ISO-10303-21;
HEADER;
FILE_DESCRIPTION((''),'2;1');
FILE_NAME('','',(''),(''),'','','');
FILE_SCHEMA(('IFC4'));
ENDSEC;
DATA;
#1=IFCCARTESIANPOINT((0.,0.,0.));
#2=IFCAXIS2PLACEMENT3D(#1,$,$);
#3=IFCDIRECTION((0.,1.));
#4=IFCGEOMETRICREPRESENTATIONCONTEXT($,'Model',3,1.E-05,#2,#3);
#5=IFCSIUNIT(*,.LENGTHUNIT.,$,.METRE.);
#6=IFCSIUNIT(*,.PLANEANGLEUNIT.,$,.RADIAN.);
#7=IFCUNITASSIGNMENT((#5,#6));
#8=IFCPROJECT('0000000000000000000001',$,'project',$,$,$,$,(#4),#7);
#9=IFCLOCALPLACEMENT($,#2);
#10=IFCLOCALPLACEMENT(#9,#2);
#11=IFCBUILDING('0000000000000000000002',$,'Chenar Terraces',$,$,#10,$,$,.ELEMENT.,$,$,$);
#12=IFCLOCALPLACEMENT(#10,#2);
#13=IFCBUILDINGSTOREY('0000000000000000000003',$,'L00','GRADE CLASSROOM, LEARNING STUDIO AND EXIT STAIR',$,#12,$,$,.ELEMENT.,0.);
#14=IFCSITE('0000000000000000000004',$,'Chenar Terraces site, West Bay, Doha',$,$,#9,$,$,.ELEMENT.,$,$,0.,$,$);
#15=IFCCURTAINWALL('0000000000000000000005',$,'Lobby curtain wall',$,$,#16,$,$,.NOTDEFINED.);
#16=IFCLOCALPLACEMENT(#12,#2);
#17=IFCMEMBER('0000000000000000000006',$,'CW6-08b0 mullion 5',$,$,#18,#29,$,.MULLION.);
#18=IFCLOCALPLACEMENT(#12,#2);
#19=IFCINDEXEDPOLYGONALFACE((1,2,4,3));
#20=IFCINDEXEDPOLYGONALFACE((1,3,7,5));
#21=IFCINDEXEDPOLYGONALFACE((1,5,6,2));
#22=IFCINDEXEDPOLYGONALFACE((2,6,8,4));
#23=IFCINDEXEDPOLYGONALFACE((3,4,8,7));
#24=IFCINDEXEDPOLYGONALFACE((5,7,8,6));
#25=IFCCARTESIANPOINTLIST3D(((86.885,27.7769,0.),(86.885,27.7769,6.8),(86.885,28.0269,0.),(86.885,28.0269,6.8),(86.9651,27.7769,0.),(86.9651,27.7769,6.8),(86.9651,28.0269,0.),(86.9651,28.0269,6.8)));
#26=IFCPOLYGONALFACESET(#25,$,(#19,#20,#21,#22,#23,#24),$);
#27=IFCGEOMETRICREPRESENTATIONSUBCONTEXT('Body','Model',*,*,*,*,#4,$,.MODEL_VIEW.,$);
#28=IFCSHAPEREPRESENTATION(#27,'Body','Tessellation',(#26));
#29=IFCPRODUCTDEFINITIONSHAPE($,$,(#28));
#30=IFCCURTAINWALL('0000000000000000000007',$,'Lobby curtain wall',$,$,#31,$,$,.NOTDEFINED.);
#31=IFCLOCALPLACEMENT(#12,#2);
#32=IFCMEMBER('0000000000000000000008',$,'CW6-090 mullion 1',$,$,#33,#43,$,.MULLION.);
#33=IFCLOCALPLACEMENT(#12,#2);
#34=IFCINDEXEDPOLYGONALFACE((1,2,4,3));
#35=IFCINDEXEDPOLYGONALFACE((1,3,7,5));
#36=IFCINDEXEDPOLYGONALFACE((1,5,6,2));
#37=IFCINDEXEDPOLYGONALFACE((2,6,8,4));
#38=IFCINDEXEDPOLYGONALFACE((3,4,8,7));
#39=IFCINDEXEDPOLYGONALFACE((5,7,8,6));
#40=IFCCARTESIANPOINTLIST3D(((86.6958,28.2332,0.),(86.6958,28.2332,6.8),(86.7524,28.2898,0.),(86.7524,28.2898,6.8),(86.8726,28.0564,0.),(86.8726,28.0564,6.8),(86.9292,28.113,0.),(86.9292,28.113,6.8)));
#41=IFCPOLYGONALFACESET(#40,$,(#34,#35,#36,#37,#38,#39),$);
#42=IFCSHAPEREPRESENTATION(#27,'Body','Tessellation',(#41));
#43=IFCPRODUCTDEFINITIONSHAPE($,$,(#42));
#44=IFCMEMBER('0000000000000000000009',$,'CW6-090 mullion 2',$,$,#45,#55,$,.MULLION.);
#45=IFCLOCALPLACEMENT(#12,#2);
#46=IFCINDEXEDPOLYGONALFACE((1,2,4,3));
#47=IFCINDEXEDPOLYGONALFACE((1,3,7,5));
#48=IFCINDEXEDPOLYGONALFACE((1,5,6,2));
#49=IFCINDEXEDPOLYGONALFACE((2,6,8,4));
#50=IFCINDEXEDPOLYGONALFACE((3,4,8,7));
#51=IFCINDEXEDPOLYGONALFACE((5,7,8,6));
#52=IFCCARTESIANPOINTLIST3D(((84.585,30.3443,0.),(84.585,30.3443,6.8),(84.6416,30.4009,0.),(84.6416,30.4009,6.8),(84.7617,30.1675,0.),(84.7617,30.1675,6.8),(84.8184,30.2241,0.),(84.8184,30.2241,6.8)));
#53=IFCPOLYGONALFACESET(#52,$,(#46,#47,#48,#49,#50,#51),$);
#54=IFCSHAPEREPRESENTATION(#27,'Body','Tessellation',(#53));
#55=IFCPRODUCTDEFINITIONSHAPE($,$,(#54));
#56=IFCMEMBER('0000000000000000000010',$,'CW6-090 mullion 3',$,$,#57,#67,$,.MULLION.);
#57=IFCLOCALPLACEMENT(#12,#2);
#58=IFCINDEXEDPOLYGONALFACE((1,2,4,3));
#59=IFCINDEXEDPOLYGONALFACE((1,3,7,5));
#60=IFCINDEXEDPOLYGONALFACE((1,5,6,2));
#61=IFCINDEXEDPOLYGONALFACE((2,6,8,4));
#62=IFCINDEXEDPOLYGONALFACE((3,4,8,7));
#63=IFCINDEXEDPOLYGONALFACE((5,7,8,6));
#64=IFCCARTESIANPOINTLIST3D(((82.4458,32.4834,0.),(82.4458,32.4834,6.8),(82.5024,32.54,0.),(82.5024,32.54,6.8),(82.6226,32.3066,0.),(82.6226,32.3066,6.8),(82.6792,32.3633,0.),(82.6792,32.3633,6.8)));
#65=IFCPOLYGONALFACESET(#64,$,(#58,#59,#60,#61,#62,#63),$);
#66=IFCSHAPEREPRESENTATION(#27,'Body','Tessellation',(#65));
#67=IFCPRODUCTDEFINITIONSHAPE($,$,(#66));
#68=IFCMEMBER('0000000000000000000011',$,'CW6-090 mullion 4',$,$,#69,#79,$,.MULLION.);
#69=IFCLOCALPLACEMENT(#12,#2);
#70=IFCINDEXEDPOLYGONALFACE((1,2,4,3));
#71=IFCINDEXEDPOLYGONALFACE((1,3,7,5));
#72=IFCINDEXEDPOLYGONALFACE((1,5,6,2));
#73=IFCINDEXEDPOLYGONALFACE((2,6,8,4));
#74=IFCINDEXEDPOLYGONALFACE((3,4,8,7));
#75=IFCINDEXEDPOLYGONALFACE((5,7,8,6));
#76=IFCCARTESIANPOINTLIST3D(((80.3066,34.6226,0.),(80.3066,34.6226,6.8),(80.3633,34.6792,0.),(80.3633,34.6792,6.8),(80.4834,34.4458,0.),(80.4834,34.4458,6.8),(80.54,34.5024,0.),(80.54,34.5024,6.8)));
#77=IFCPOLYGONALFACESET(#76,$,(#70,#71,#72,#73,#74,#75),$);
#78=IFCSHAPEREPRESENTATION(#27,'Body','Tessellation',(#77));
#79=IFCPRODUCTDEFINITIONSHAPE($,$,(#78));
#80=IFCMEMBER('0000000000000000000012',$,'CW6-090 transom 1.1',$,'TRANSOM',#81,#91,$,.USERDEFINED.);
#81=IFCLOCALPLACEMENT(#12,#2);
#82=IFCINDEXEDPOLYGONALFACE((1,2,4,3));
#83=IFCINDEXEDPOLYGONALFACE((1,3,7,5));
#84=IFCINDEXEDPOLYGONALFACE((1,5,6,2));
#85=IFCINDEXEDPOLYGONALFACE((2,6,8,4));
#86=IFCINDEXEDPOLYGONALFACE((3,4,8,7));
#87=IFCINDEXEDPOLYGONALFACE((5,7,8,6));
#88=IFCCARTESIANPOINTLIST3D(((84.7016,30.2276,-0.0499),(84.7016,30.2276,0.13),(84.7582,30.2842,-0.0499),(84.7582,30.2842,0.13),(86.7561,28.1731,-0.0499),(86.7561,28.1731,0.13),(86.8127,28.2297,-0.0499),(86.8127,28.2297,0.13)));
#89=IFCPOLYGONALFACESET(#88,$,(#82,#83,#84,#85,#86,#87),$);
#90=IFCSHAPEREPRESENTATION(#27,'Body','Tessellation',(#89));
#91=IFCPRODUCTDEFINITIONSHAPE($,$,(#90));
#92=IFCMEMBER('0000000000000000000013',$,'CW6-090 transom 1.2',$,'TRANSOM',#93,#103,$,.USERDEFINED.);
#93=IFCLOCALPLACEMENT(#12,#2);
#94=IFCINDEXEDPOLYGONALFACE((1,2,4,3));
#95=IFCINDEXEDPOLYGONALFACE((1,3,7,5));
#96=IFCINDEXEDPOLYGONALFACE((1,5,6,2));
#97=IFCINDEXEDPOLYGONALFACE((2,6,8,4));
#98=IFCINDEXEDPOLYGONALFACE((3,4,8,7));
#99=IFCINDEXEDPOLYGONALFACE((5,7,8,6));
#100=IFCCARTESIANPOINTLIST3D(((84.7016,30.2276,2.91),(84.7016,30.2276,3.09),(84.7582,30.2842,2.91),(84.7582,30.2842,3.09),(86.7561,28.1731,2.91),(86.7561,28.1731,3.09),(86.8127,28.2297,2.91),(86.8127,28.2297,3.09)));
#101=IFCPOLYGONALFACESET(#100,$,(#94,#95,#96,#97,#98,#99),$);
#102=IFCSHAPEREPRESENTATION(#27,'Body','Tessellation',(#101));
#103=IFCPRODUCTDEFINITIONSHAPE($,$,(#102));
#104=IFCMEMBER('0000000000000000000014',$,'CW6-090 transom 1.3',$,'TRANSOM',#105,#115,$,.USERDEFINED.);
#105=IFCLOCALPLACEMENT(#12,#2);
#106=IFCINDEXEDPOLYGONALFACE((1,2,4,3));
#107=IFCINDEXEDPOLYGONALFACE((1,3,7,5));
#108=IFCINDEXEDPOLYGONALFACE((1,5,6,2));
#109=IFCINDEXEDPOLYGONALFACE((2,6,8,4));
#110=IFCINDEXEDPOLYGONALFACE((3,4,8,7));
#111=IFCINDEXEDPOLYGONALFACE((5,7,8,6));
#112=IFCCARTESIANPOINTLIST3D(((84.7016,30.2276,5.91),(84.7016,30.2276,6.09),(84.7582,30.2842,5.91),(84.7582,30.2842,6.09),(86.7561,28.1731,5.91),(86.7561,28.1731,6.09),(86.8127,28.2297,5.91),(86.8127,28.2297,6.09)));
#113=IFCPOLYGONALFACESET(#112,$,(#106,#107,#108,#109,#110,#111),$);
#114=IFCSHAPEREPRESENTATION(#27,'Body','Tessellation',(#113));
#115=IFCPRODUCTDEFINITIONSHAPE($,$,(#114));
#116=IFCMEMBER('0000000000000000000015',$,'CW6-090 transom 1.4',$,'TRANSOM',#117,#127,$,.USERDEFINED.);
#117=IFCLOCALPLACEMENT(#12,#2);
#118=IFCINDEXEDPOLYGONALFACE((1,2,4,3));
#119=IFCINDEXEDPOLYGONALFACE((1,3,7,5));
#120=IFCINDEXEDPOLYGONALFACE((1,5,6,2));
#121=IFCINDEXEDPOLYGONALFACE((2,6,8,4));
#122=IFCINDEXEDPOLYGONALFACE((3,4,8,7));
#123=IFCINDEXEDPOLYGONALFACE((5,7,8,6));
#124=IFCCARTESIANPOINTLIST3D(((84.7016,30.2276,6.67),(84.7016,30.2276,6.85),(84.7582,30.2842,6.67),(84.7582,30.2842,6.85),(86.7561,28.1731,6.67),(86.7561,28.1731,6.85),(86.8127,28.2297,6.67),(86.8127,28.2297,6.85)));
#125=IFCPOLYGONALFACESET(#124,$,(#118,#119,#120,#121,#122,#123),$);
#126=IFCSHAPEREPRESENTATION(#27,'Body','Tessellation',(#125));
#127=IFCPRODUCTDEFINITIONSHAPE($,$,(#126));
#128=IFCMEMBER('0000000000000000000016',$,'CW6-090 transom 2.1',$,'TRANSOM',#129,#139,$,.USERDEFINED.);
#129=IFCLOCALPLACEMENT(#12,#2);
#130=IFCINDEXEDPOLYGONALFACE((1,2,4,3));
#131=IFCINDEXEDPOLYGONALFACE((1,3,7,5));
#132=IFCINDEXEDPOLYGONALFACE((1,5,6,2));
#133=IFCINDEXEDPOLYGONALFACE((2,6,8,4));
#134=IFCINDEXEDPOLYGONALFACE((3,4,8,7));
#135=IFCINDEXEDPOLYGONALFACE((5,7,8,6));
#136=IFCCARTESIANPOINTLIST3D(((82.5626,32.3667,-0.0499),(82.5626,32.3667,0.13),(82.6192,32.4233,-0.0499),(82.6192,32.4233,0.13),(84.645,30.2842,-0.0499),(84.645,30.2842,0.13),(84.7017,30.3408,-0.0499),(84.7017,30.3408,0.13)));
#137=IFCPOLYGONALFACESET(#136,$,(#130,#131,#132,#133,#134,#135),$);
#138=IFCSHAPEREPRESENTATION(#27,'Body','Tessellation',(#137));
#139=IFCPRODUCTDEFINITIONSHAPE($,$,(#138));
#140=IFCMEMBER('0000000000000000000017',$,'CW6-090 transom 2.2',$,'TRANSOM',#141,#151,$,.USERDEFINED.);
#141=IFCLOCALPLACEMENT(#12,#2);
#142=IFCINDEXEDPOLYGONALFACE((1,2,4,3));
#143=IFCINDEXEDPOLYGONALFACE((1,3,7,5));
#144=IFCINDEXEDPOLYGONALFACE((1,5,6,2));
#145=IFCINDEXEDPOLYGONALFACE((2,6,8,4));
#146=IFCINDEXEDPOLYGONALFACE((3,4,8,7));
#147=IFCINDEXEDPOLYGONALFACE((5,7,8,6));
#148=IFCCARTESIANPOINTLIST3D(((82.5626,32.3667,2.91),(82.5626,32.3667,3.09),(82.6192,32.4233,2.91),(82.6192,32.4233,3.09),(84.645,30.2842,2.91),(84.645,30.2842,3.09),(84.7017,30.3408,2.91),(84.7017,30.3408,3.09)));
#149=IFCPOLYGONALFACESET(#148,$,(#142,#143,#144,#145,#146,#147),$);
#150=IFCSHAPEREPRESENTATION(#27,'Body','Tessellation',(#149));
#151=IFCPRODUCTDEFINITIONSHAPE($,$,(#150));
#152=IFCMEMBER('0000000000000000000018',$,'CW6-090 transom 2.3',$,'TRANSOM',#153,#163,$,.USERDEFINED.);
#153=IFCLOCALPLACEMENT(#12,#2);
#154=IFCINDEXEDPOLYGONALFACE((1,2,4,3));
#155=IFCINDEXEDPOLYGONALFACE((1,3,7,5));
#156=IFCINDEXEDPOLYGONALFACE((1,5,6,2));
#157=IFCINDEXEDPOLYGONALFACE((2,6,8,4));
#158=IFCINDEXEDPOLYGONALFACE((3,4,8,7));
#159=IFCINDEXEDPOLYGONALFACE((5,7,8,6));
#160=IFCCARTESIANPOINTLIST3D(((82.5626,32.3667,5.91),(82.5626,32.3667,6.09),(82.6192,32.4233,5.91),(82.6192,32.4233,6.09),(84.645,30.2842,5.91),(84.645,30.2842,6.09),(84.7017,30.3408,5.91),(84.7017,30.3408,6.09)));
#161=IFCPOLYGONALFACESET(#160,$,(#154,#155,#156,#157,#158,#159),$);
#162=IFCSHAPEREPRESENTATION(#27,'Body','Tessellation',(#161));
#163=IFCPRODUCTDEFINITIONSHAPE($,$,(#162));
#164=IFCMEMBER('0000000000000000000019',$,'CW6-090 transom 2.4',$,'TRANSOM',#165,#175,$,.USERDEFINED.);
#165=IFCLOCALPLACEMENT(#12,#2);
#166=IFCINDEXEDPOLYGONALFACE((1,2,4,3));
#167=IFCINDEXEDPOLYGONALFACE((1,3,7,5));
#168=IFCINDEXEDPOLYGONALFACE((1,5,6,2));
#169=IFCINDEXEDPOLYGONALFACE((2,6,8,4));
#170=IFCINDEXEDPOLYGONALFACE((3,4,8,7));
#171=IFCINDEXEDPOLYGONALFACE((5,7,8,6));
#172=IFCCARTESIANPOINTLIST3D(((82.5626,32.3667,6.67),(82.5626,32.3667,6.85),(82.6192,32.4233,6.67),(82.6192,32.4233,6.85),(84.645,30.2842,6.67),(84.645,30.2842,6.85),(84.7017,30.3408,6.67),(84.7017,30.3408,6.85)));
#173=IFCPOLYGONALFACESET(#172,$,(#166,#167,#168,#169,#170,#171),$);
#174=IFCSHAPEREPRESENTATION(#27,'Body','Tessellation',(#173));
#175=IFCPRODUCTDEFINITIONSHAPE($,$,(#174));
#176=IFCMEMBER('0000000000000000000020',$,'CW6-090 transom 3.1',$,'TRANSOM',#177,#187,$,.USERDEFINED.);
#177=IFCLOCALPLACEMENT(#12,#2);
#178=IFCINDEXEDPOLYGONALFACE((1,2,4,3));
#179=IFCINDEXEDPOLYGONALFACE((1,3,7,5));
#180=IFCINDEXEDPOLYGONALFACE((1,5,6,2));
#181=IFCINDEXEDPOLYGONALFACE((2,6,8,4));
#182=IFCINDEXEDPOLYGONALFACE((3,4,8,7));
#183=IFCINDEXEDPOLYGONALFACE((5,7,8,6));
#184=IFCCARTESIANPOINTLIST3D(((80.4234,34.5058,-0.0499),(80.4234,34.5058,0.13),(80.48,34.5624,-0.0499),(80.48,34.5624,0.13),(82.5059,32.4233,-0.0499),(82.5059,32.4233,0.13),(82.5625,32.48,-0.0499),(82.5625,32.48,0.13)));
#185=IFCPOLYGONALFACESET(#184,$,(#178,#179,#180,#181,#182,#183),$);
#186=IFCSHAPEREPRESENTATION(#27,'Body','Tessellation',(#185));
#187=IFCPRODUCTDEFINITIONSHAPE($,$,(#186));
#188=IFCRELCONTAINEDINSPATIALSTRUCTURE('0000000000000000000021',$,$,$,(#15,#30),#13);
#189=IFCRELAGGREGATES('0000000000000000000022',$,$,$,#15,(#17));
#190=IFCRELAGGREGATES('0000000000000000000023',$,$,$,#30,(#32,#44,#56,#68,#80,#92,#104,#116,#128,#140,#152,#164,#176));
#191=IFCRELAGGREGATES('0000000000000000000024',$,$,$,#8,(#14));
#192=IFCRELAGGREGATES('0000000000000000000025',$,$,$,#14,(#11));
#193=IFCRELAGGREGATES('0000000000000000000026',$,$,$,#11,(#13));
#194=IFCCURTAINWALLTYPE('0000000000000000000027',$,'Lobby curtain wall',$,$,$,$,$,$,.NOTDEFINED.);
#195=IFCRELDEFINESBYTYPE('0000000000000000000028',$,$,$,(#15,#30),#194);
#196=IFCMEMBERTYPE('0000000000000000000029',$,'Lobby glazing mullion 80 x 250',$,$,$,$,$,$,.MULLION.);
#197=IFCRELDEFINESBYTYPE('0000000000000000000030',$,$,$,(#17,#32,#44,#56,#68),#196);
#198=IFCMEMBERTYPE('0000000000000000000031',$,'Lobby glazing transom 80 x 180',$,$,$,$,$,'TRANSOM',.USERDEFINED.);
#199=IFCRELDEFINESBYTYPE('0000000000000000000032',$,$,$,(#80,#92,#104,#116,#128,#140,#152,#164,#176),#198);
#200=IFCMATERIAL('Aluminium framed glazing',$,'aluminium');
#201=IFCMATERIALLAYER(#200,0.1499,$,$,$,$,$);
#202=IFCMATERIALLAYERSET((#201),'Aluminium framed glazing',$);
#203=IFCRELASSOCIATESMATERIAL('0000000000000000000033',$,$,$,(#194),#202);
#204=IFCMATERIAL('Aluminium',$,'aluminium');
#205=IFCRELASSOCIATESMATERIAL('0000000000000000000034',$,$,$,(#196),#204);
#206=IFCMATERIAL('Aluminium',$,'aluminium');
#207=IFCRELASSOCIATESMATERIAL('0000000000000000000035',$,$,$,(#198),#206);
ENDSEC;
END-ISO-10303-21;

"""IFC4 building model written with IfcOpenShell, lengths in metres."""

from ifc_helpers import new_model, si_unit, direction, frame, origin, origin_2d, place, context, subcontext, project, spatial, rectangle, extrude, material, layer, layer_set, material_profile, profile_set, type_object, element, aggregate, save


model = new_model("IFC4")

# Units and contexts
model_context = context("Model", 3, precision=1e-05, world=origin(), true_north=direction((0.0, 1.0)))
body_context = subcontext(model_context, "Body", "Model", "MODEL_VIEW")
ifc_project = project(units=[si_unit("LENGTHUNIT", "METRE"), si_unit("PLANEANGLEUNIT", "RADIAN")], contexts=[model_context])

# Site, building, storey
site_placement = place(None, origin())
site = spatial("IfcSite", under=ifc_project, at=site_placement, Name="Chenar Terraces site, West Bay, Doha", CompositionType="ELEMENT", RefElevation=0.0)
building_placement = place(site_placement, origin())
building = spatial("IfcBuilding", under=site, at=building_placement, Name="Chenar Terraces", CompositionType="ELEMENT")
storey_placement = place(building_placement, origin())
storey = spatial("IfcBuildingStorey", under=building, at=storey_placement, Name="L00", Description="GRADE CLASSROOM, LEARNING STUDIO AND EXIT STAIR", CompositionType="ELEMENT", Elevation=0.0)

# Curtain wall, member
ifc_material_1 = material(Name="Aluminium framed glazing", Category="aluminium")
ifc_layer_1 = layer(ifc_material_1, 0.1499)
ifc_layer_set_1 = layer_set([ifc_layer_1], Name="Aluminium framed glazing")
curtain_wall_type = type_object("IfcCurtainWallType", Name="Lobby curtain wall", PredefinedType="NOTDEFINED", material=ifc_layer_set_1)
placement = place(storey_placement, origin())
curtain_wall_1 = element("IfcCurtainWall", 1, at=placement, inside=storey, type_object=curtain_wall_type, Name="Lobby curtain wall", PredefinedType="NOTDEFINED")
ifc_material_2 = material(Name="Aluminium", Category="aluminium")
ifc_material_profile_1 = material_profile(ifc_material_2, rectangle(XDim=0.0801, YDim=0.25, at=origin_2d()), Name="Lobby glazing mullion 80 x 250")
ifc_profile_set_1 = profile_set([ifc_material_profile_1], Name="Aluminium")
member_type_1 = type_object("IfcMemberType", Name="Lobby glazing mullion 80 x 250", PredefinedType="MULLION", material=ifc_profile_set_1)
member_1_placement = place(storey_placement, frame((86.925, 27.9019, 0.0), z_axis=(0.0, 0.0, 1.0), x_axis=(-1.0, 0.0, 0.0)))
member_1 = element("IfcMember", 2, at=member_1_placement, type_object=member_type_1, Name="CW6-08b0 mullion 5", PredefinedType="MULLION", context=body_context, shape_type="SweptSolid", body=[
    extrude(rectangle(XDim=0.0801, YDim=0.25, at=origin_2d()), origin(), (0.0, 0.0, 1.0), 6.8),
])

# Curtain wall, members
curtain_wall_2 = element("IfcCurtainWall", 3, at=placement, inside=storey, type_object=curtain_wall_type, Name="Lobby curtain wall", PredefinedType="NOTDEFINED")
member_2_placement = place(storey_placement, frame((86.8125, 28.1731, 0.0), z_axis=(0.0, 0.0, 1.0), x_axis=(-0.707107, -0.707107, 0.0)))
member_2 = element("IfcMember", 4, at=member_2_placement, type_object=member_type_1, Name="CW6-090 mullion 1", PredefinedType="MULLION", context=body_context, shape_type="SweptSolid", body=[
    extrude(rectangle(XDim=0.0801, YDim=0.25, at=origin_2d()), origin(), (0.0, 0.0, 1.0), 6.8),
])
member_3_placement = place(storey_placement, frame((84.7017, 30.2842, 0.0), z_axis=(0.0, 0.0, 1.0), x_axis=(-0.707107, -0.707107, 0.0)))
member_3 = element("IfcMember", 5, at=member_3_placement, type_object=member_type_1, Name="CW6-090 mullion 2", PredefinedType="MULLION", context=body_context, shape_type="SweptSolid", body=[
    extrude(rectangle(XDim=0.0801, YDim=0.25, at=origin_2d()), origin(), (0.0, 0.0, 1.0), 6.8),
])
member_4_placement = place(storey_placement, frame((82.5625, 32.4233, 0.0), z_axis=(0.0, 0.0, 1.0), x_axis=(-0.707107, -0.707107, 0.0)))
member_4 = element("IfcMember", 6, at=member_4_placement, type_object=member_type_1, Name="CW6-090 mullion 3", PredefinedType="MULLION", context=body_context, shape_type="SweptSolid", body=[
    extrude(rectangle(XDim=0.0801, YDim=0.25, at=origin_2d()), origin(), (0.0, 0.0, 1.0), 6.8),
])
member_5_placement = place(storey_placement, frame((80.4233, 34.5625, 0.0), z_axis=(0.0, 0.0, 1.0), x_axis=(-0.707107, -0.707107, 0.0)))
member_5 = element("IfcMember", 7, at=member_5_placement, type_object=member_type_1, Name="CW6-090 mullion 4", PredefinedType="MULLION", context=body_context, shape_type="SweptSolid", body=[
    extrude(rectangle(XDim=0.0801, YDim=0.25, at=origin_2d()), origin(), (0.0, 0.0, 1.0), 6.8),
])
ifc_material_3 = material(Name="Aluminium", Category="aluminium")
ifc_material_profile_2 = material_profile(ifc_material_3, rectangle(XDim=0.0801, YDim=0.1799, at=origin_2d()), Name="Lobby glazing transom 80 x 180")
ifc_profile_set_2 = profile_set([ifc_material_profile_2], Name="Aluminium")
member_type_2 = type_object("IfcMemberType", Name="Lobby glazing transom 80 x 180", ElementType="TRANSOM", PredefinedType="USERDEFINED", material=ifc_profile_set_2)
member_6_placement = place(storey_placement, frame((86.7844, 28.2014, 0.04), z_axis=(-0.707107, 0.707107, 0.0), x_axis=(-0.707107, -0.707107, 0.0)))
member_6 = element("IfcMember", 8, at=member_6_placement, type_object=member_type_2, Name="CW6-090 transom 1.1", ObjectType="TRANSOM", PredefinedType="USERDEFINED", context=body_context, shape_type="SweptSolid", body=[
    extrude(rectangle(XDim=0.0801, YDim=0.1799, at=origin_2d()), origin(), (0.0, 0.0, 1.0), 2.9055),
])
member_7_placement = place(storey_placement, frame((86.7844, 28.2014, 3.0), z_axis=(-0.707107, 0.707107, 0.0), x_axis=(-0.707107, -0.707107, 0.0)))
member_7 = element("IfcMember", 9, at=member_7_placement, type_object=member_type_2, Name="CW6-090 transom 1.2", ObjectType="TRANSOM", PredefinedType="USERDEFINED", context=body_context, shape_type="SweptSolid", body=[
    extrude(rectangle(XDim=0.0801, YDim=0.1799, at=origin_2d()), origin(), (0.0, 0.0, 1.0), 2.9055),
])
member_8_placement = place(storey_placement, frame((86.7844, 28.2014, 6.0), z_axis=(-0.707107, 0.707107, 0.0), x_axis=(-0.707107, -0.707107, 0.0)))
member_8 = element("IfcMember", 10, at=member_8_placement, type_object=member_type_2, Name="CW6-090 transom 1.3", ObjectType="TRANSOM", PredefinedType="USERDEFINED", context=body_context, shape_type="SweptSolid", body=[
    extrude(rectangle(XDim=0.0801, YDim=0.1799, at=origin_2d()), origin(), (0.0, 0.0, 1.0), 2.9055),
])
member_9_placement = place(storey_placement, frame((86.7844, 28.2014, 6.76), z_axis=(-0.707107, 0.707107, 0.0), x_axis=(-0.707107, -0.707107, 0.0)))
member_9 = element("IfcMember", 11, at=member_9_placement, type_object=member_type_2, Name="CW6-090 transom 1.4", ObjectType="TRANSOM", PredefinedType="USERDEFINED", context=body_context, shape_type="SweptSolid", body=[
    extrude(rectangle(XDim=0.0801, YDim=0.1799, at=origin_2d()), origin(), (0.0, 0.0, 1.0), 2.9055),
])
member_10_placement = place(storey_placement, frame((84.6733, 30.3125, 0.04), z_axis=(-0.707107, 0.707107, 0.0), x_axis=(-0.707107, -0.707107, 0.0)))
member_10 = element("IfcMember", 12, at=member_10_placement, type_object=member_type_2, Name="CW6-090 transom 2.1", ObjectType="TRANSOM", PredefinedType="USERDEFINED", context=body_context, shape_type="SweptSolid", body=[
    extrude(rectangle(XDim=0.0801, YDim=0.1799, at=origin_2d()), origin(), (0.0, 0.0, 1.0), 2.9451),
])
member_11_placement = place(storey_placement, frame((84.6733, 30.3125, 3.0), z_axis=(-0.707107, 0.707107, 0.0), x_axis=(-0.707107, -0.707107, 0.0)))
member_11 = element("IfcMember", 13, at=member_11_placement, type_object=member_type_2, Name="CW6-090 transom 2.2", ObjectType="TRANSOM", PredefinedType="USERDEFINED", context=body_context, shape_type="SweptSolid", body=[
    extrude(rectangle(XDim=0.0801, YDim=0.1799, at=origin_2d()), origin(), (0.0, 0.0, 1.0), 2.9451),
])
member_12_placement = place(storey_placement, frame((84.6733, 30.3125, 6.0), z_axis=(-0.707107, 0.707107, 0.0), x_axis=(-0.707107, -0.707107, 0.0)))
member_12 = element("IfcMember", 14, at=member_12_placement, type_object=member_type_2, Name="CW6-090 transom 2.3", ObjectType="TRANSOM", PredefinedType="USERDEFINED", context=body_context, shape_type="SweptSolid", body=[
    extrude(rectangle(XDim=0.0801, YDim=0.1799, at=origin_2d()), origin(), (0.0, 0.0, 1.0), 2.9451),
])
member_13_placement = place(storey_placement, frame((84.6733, 30.3125, 6.76), z_axis=(-0.707107, 0.707107, 0.0), x_axis=(-0.707107, -0.707107, 0.0)))
member_13 = element("IfcMember", 15, at=member_13_placement, type_object=member_type_2, Name="CW6-090 transom 2.4", ObjectType="TRANSOM", PredefinedType="USERDEFINED", context=body_context, shape_type="SweptSolid", body=[
    extrude(rectangle(XDim=0.0801, YDim=0.1799, at=origin_2d()), origin(), (0.0, 0.0, 1.0), 2.9451),
])
member_14_placement = place(storey_placement, frame((82.5342, 32.4517, 0.04), z_axis=(-0.707107, 0.707107, 0.0), x_axis=(-0.707107, -0.707107, 0.0)))
member_14 = element("IfcMember", 16, at=member_14_placement, type_object=member_type_2, Name="CW6-090 transom 3.1", ObjectType="TRANSOM", PredefinedType="USERDEFINED", context=body_context, shape_type="SweptSolid", body=[
    extrude(rectangle(XDim=0.0801, YDim=0.1799, at=origin_2d()), origin(), (0.0, 0.0, 1.0), 2.9451),
])

aggregate(curtain_wall_1, [member_1])
aggregate(curtain_wall_2, [member_2, member_3, member_4, member_5, member_6, member_7, member_8, member_9, member_10, member_11, member_12, member_13, member_14])

save(model, "model.ifc")
